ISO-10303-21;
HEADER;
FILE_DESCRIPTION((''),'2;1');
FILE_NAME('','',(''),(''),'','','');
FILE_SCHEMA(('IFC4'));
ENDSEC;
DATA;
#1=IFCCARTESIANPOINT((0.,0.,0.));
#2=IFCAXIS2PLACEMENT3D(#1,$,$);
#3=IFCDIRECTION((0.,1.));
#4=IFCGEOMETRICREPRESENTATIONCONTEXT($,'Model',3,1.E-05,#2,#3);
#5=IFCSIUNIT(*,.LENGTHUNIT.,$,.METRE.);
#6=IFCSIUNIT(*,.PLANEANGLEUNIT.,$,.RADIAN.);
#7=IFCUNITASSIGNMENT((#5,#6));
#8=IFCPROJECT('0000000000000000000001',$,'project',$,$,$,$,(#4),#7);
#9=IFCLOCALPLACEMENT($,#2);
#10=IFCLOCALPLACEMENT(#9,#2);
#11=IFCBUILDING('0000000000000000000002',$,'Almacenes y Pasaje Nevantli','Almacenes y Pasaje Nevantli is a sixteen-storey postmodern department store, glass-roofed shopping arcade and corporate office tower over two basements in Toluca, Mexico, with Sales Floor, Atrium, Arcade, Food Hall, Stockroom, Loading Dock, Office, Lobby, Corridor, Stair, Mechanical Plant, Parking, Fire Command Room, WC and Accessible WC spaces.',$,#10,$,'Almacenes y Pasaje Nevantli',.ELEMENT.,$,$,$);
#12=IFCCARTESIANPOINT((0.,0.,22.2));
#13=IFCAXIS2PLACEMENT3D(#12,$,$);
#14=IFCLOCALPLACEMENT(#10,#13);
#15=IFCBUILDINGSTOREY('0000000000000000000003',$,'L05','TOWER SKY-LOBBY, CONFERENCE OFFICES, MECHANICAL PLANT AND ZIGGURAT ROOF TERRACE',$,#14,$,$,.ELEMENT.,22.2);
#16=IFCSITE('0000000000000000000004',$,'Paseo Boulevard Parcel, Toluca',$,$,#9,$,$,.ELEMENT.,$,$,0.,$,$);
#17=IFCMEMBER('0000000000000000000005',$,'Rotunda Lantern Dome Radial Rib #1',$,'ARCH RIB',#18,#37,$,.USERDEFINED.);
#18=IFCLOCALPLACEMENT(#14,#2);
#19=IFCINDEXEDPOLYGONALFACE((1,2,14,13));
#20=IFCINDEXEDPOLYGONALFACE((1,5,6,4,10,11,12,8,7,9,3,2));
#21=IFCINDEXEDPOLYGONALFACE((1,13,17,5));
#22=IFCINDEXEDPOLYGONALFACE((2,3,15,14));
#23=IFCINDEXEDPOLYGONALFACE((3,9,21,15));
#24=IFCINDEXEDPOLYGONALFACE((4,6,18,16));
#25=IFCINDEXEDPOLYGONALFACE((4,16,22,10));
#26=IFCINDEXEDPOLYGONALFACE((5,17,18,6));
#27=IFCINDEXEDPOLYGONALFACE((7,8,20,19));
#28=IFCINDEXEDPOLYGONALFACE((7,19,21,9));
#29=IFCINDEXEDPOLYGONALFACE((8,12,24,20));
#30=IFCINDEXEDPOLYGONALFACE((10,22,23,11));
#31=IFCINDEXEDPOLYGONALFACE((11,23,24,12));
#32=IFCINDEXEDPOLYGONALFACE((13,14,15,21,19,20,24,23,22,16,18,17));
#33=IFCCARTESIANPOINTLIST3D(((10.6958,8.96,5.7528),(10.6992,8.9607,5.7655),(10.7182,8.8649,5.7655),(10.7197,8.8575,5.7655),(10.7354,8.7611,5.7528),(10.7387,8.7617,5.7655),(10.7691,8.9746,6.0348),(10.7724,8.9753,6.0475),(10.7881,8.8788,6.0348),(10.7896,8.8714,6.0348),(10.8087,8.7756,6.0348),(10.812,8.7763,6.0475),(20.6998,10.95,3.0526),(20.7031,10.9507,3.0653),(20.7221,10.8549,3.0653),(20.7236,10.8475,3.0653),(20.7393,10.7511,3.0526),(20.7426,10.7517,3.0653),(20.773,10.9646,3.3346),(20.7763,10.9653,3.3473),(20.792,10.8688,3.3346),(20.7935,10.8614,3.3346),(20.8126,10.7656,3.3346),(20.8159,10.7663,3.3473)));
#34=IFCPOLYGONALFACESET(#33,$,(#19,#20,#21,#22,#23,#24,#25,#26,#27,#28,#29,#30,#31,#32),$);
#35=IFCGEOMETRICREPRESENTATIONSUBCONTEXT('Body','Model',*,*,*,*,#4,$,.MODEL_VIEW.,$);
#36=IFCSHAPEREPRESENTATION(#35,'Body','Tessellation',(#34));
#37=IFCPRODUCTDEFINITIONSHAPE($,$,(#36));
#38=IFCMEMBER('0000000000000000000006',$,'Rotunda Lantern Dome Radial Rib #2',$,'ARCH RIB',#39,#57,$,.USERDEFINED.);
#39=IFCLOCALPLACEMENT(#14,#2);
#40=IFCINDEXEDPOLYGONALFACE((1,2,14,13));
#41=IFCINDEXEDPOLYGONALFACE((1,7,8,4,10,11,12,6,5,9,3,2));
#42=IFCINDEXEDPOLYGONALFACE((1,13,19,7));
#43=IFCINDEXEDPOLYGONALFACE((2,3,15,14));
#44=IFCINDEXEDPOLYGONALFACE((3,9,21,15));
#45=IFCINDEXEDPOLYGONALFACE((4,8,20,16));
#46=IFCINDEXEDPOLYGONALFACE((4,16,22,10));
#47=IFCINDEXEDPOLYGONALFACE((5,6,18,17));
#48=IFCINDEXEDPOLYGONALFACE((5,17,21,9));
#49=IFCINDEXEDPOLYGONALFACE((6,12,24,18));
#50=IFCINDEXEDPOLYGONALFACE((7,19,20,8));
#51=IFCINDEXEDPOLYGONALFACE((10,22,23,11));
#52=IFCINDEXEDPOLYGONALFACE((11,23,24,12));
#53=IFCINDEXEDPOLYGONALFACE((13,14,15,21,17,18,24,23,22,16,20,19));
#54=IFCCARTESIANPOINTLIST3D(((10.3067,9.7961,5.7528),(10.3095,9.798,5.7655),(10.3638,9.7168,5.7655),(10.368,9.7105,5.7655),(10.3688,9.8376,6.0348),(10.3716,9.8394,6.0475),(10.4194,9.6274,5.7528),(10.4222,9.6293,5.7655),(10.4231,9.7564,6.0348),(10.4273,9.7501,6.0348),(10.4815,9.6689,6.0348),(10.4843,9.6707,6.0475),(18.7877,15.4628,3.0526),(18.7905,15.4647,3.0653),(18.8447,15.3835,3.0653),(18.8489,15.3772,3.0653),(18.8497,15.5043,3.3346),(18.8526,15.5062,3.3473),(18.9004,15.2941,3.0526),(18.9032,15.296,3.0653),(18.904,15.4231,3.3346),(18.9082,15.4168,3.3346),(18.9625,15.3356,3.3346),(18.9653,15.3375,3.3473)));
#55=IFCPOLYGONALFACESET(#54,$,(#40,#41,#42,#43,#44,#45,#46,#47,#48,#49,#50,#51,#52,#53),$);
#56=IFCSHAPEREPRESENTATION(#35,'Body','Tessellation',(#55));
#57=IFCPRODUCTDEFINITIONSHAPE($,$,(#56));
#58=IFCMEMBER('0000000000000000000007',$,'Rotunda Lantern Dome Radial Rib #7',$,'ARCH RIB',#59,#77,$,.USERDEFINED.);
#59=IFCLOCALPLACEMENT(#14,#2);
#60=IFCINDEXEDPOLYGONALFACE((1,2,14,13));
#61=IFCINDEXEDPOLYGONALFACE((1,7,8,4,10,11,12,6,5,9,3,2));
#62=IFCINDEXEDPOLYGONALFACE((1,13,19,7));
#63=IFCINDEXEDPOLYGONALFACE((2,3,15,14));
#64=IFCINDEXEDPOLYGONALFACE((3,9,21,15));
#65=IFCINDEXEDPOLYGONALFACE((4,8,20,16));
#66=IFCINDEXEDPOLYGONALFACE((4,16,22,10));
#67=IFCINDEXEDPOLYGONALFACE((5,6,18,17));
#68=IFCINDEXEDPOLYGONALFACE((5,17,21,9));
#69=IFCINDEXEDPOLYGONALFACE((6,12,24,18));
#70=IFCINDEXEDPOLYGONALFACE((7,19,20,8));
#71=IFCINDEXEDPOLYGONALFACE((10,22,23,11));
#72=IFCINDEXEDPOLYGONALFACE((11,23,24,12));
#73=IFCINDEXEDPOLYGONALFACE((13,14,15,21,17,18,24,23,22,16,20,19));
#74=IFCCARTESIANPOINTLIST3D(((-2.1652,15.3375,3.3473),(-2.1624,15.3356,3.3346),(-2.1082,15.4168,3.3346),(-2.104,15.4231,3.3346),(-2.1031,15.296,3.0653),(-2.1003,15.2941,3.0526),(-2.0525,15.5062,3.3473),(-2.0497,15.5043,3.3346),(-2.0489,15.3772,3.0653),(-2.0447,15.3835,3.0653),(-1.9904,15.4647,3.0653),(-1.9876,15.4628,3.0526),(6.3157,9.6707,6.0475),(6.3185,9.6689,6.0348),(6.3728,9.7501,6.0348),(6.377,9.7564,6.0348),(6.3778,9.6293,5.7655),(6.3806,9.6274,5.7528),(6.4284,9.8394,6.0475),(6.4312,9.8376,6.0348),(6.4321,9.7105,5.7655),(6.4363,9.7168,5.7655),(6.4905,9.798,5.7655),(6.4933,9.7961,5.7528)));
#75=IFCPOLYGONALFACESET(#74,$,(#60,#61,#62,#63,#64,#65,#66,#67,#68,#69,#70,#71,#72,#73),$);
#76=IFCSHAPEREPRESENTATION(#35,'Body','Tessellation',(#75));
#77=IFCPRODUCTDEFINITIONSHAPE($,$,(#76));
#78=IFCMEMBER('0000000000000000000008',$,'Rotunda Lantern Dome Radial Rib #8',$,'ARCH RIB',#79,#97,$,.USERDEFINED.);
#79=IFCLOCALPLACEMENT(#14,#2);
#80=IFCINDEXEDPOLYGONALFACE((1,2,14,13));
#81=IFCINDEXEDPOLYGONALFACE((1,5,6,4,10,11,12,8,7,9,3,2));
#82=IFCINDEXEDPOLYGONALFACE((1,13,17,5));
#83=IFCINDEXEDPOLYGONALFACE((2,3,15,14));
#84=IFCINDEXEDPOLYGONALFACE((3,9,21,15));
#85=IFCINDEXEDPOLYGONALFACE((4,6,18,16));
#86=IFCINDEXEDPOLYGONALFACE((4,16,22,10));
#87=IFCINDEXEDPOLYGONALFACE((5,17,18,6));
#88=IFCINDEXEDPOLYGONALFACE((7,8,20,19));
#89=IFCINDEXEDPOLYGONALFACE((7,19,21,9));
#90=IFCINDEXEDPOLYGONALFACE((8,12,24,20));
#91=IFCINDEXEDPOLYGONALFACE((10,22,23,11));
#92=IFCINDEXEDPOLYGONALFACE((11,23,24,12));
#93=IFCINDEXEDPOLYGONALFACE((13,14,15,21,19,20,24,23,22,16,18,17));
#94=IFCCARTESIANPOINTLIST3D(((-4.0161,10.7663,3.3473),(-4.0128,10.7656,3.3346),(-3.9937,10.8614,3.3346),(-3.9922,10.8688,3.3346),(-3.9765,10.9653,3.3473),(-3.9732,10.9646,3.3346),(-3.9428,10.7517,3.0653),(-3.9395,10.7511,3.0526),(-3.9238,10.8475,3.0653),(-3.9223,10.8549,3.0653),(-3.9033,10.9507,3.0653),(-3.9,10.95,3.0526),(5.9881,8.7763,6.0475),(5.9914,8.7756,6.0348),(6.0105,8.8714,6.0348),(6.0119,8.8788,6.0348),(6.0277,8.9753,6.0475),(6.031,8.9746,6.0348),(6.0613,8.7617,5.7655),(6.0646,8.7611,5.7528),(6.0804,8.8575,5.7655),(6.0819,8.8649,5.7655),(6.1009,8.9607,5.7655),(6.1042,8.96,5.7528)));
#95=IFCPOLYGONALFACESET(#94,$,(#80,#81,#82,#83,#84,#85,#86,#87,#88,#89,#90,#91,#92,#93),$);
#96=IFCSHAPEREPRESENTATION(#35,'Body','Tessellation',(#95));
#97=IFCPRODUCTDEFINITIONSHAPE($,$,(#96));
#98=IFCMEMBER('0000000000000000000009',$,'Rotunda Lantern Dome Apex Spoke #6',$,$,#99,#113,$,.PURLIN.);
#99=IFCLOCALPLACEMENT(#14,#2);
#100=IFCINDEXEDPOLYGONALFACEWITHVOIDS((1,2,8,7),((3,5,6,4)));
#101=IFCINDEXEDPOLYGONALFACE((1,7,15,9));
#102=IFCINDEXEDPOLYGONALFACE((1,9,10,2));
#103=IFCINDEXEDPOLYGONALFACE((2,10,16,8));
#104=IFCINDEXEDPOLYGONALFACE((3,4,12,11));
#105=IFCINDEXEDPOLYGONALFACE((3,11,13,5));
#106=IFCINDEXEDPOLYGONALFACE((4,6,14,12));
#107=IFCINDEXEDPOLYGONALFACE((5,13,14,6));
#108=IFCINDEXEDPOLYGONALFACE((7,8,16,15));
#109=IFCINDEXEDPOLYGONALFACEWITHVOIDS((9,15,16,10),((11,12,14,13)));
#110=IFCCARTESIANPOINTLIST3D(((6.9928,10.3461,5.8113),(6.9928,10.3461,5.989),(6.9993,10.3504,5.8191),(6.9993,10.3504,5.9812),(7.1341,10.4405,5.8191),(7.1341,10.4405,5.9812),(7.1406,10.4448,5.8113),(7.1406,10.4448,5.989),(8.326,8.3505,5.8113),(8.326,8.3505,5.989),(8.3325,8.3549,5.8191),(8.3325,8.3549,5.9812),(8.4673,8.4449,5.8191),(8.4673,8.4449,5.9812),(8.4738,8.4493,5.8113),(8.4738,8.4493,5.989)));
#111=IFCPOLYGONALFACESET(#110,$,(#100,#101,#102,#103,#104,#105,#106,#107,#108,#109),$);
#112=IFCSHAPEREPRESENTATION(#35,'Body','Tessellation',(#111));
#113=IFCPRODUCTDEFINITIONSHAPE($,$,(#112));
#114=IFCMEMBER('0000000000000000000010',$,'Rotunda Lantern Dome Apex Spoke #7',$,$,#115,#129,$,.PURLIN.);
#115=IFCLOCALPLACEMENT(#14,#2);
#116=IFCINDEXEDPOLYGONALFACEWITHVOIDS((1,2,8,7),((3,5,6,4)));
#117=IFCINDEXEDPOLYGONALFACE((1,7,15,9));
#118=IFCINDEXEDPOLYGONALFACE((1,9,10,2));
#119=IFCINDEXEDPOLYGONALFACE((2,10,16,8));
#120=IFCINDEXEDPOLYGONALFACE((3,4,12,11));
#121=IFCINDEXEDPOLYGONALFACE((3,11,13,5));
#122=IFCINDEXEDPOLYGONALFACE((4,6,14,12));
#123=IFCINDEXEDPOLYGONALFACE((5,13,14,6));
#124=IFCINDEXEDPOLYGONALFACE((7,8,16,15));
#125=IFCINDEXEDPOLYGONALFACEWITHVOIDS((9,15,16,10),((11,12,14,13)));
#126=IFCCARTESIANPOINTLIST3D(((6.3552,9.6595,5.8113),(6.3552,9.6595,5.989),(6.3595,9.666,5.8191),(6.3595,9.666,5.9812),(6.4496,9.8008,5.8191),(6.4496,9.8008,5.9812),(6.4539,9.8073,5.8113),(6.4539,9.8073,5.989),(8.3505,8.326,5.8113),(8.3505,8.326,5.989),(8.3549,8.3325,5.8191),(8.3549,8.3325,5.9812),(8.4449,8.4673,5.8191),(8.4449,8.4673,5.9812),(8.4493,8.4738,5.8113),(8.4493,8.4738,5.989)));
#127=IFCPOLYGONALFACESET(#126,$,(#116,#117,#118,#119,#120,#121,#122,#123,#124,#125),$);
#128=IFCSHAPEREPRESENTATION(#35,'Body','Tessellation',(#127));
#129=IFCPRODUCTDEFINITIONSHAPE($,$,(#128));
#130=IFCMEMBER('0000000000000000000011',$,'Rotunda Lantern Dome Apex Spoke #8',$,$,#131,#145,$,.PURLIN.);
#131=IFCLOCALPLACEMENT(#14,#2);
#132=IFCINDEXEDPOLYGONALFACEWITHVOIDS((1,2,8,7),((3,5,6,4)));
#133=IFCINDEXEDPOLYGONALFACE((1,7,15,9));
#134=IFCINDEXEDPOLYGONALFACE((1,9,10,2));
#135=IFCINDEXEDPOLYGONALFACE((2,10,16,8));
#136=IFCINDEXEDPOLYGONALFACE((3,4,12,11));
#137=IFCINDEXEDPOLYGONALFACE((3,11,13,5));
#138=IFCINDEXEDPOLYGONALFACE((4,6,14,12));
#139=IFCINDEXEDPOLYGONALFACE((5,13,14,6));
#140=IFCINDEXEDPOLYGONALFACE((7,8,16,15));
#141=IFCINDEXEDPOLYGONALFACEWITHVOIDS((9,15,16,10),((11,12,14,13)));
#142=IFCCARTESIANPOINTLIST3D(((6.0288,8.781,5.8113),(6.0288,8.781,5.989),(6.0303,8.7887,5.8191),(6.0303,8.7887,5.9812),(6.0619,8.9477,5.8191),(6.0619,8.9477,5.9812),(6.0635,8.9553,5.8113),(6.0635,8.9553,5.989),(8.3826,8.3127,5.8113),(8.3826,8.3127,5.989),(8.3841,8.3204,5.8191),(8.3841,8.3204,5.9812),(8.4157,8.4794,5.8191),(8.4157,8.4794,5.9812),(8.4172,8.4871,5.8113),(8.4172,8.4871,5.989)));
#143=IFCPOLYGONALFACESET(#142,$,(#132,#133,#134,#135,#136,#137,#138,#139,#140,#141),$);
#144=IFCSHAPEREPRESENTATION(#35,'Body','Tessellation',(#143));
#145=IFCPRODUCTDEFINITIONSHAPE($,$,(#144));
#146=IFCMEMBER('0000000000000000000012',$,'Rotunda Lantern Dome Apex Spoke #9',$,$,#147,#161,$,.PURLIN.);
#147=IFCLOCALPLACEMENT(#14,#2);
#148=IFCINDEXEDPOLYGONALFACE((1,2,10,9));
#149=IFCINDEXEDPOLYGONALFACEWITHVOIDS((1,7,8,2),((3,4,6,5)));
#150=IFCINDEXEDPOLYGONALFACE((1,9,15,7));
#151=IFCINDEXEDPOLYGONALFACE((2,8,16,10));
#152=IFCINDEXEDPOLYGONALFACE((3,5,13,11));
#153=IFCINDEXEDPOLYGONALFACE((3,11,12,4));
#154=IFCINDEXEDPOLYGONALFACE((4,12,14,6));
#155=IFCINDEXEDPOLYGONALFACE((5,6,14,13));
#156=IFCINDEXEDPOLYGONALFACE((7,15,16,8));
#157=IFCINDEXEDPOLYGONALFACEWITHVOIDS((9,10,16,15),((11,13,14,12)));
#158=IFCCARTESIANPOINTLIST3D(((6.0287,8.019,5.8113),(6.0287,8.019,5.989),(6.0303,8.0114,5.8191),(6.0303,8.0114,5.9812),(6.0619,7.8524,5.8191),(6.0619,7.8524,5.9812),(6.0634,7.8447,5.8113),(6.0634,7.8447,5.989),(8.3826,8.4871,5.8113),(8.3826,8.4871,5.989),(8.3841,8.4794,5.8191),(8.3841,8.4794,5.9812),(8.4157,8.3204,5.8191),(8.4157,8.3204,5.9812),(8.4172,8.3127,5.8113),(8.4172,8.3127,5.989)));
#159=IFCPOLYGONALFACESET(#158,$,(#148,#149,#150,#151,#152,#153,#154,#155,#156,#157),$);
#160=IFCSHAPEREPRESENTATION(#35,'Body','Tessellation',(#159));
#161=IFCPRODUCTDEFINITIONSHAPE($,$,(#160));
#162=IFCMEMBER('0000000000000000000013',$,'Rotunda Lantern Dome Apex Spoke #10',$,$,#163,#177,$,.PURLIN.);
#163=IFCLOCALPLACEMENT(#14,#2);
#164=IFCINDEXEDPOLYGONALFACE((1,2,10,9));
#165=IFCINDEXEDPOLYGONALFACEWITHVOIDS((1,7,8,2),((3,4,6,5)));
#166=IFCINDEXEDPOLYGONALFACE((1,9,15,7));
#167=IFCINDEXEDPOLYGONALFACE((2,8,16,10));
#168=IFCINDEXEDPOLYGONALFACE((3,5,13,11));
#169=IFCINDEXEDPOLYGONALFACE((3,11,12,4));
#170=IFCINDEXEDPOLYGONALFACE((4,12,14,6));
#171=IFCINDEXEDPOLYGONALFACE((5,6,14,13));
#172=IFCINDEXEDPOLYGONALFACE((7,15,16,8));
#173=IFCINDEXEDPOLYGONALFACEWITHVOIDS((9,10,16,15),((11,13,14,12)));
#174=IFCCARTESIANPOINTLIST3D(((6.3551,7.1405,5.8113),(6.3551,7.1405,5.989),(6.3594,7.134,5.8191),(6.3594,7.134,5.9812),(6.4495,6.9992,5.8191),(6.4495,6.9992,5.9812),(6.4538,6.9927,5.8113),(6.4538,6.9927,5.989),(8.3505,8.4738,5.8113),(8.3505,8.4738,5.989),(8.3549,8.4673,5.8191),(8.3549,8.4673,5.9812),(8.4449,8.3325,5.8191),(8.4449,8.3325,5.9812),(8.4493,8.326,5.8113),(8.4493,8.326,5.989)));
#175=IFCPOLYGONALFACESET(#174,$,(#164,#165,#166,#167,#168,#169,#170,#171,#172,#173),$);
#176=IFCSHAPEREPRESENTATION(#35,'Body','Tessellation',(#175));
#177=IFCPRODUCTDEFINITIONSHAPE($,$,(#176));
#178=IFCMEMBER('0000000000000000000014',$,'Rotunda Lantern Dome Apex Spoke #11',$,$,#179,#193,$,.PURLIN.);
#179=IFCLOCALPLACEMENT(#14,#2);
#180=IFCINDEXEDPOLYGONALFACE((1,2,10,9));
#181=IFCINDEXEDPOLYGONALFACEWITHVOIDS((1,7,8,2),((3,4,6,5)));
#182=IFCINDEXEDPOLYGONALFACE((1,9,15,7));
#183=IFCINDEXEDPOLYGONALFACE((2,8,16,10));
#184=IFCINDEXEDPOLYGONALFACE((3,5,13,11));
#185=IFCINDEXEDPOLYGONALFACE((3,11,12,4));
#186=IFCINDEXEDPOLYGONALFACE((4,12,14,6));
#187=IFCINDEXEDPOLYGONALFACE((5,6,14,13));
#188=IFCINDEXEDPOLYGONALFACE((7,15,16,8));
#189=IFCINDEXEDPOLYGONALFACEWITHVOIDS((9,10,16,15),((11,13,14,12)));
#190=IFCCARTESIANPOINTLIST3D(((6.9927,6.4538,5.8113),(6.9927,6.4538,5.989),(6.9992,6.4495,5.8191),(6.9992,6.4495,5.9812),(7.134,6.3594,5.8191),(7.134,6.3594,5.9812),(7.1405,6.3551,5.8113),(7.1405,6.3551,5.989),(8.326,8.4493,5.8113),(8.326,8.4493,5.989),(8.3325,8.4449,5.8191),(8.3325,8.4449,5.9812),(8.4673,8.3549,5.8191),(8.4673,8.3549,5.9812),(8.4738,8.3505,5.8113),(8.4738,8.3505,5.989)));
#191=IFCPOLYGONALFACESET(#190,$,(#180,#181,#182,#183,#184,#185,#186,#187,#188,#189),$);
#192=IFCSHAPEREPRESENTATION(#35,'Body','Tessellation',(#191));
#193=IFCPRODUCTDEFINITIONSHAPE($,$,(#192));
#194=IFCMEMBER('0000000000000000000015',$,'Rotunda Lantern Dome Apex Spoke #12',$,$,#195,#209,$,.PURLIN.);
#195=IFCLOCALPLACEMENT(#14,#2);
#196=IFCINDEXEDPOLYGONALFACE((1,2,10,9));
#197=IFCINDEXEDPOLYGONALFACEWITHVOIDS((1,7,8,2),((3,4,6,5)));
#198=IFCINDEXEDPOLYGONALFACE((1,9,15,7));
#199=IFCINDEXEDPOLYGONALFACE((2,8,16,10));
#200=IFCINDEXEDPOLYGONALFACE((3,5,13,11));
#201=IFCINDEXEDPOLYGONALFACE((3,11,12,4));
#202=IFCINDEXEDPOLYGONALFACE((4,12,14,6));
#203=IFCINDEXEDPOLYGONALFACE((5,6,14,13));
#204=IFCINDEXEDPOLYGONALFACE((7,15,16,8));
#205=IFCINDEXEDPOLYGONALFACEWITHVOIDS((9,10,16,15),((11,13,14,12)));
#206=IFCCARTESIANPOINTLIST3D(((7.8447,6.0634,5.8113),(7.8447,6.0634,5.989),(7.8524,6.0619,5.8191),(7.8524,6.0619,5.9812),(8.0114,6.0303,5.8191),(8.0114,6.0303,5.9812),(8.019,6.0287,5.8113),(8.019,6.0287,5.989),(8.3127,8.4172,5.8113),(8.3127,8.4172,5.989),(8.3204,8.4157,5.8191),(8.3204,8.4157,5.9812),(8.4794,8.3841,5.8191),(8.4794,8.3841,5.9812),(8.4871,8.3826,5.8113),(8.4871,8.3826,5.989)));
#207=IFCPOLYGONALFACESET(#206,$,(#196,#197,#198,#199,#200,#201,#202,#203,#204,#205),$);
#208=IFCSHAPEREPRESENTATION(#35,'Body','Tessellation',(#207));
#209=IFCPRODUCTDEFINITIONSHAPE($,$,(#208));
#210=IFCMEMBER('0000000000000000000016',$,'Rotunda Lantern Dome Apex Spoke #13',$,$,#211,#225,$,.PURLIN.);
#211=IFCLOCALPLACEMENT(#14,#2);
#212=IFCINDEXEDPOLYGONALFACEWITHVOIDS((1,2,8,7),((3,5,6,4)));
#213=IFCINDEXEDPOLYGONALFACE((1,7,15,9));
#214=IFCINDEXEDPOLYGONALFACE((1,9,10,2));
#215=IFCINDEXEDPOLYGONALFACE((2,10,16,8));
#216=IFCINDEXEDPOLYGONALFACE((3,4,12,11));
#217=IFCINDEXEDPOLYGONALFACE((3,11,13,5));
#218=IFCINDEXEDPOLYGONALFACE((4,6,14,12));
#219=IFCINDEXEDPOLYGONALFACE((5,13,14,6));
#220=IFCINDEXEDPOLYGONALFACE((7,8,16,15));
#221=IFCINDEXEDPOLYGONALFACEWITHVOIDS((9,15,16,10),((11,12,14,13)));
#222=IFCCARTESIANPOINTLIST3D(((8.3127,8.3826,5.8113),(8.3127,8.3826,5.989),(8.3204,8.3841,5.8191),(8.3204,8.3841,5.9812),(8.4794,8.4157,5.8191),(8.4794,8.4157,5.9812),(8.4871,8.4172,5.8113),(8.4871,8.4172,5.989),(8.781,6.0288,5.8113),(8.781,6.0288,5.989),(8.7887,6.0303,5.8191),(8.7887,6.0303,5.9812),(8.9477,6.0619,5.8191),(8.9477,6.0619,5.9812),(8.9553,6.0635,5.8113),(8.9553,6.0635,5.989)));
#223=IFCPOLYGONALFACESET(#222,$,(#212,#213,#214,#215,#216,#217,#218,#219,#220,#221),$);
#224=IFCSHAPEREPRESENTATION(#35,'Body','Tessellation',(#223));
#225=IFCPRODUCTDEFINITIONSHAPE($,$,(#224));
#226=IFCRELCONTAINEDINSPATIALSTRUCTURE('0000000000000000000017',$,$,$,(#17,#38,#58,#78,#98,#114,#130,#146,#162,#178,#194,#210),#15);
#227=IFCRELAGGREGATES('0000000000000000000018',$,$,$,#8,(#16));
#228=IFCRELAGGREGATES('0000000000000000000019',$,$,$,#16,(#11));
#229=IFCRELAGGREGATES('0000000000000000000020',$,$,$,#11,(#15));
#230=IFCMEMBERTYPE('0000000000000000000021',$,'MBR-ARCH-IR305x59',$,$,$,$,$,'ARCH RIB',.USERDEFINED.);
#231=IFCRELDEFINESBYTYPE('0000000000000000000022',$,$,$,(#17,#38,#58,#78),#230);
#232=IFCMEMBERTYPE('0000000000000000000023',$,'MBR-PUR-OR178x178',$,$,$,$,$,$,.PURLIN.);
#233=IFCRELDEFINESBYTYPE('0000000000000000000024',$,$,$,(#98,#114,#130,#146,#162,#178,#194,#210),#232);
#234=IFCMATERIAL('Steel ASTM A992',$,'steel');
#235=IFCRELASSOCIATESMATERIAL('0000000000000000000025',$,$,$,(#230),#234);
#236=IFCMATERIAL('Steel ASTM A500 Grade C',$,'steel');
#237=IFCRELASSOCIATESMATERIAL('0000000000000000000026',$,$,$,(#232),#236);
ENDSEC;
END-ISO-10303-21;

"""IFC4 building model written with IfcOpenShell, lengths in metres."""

from ifc_helpers import new_model, si_unit, direction, frame, origin, origin_2d, place, context, subcontext, project, spatial, hollow_rectangle, i_section, extrude, material, material_profile, profile_set, type_object, element, save


model = new_model("IFC4")

# Units and contexts
model_context = context("Model", 3, precision=1e-05, world=origin(), true_north=direction((0.0, 1.0)))
body_context = subcontext(model_context, "Body", "Model", "MODEL_VIEW")
ifc_project = project(units=[si_unit("LENGTHUNIT", "METRE"), si_unit("PLANEANGLEUNIT", "RADIAN")], contexts=[model_context])

# Site, building, storey
site_placement = place(None, origin())
site = spatial("IfcSite", under=ifc_project, at=site_placement, Name="Paseo Boulevard Parcel, Toluca", CompositionType="ELEMENT", RefElevation=0.0)
building_placement = place(site_placement, origin())
building = spatial("IfcBuilding", under=site, at=building_placement, Name="Almacenes y Pasaje Nevantli", Description="Almacenes y Pasaje Nevantli is a sixteen-storey postmodern department store, glass-roofed shopping arcade and corporate office tower over two basements in Toluca, Mexico, with Sales Floor, Atrium, Arcade, Food Hall, Stockroom, Loading Dock, Office, Lobby, Corridor, Stair, Mechanical Plant, Parking, Fire Command Room, WC and Accessible WC spaces.", LongName="Almacenes y Pasaje Nevantli", CompositionType="ELEMENT")
storey_placement = place(building_placement, frame((0.0, 0.0, 22.2)))
storey = spatial("IfcBuildingStorey", under=building, at=storey_placement, Name="L05", Description="TOWER SKY-LOBBY, CONFERENCE OFFICES, MECHANICAL PLANT AND ZIGGURAT ROOF TERRACE", CompositionType="ELEMENT", Elevation=22.2)

# Members
ifc_material_1 = material(Name="Steel ASTM A992", Category="steel")
ifc_material_profile_1 = material_profile(ifc_material_1, i_section(OverallWidth=0.2029, OverallDepth=0.3049, WebThickness=0.0076, FlangeThickness=0.0132, at=origin_2d()), Name="IR 305x59.5")
ifc_profile_set_1 = profile_set([ifc_material_profile_1], Name="Steel ASTM A992")
member_type_1 = type_object("IfcMemberType", Name="MBR-ARCH-IR305x59", ElementType="ARCH RIB", PredefinedType="USERDEFINED", material=ifc_profile_set_1)
for number, where, z_axis, x_axis, name in (
    (1, (20.7578, 10.8582, 3.2), (-0.948124, -0.188602, 0.255912), (0.195099, -0.980784, 0.0), "Rotunda Lantern Dome Radial Rib #1"),
    (2, (18.8765, 15.4001, 3.2), (-0.803784, -0.537067, 0.255911), (0.555567, -0.831472, 0.0), "Rotunda Lantern Dome Radial Rib #2"),
    (3, (-2.0764, 15.4001, 3.2), (0.803784, -0.537067, 0.255911), (0.555567, 0.831472, 0.0), "Rotunda Lantern Dome Radial Rib #7"),
):
    element("IfcMember", number, at=place(storey_placement, frame(where, z_axis=z_axis, x_axis=x_axis)), inside=storey, type_object=member_type_1, Name=name, ObjectType="ARCH RIB", PredefinedType="USERDEFINED", context=body_context, shape_type="SweptSolid", body=[
        extrude(i_section(OverallWidth=0.2029, OverallDepth=0.3049, WebThickness=0.0076, FlangeThickness=0.0132, at=origin_2d()), origin(), (0.0, 0.0, 1.0), 10.5513),
    ])
member_1_placement = place(storey_placement, frame((-3.958, 10.8582, 3.2), z_axis=(0.948126, -0.188598, 0.255906), x_axis=(0.195094, 0.980785, 0.0)))
element("IfcMember", 4, at=member_1_placement, inside=storey, type_object=member_type_1, Name="Rotunda Lantern Dome Radial Rib #8", ObjectType="ARCH RIB", PredefinedType="USERDEFINED", context=body_context, shape_type="SweptSolid", body=[
    extrude(i_section(OverallWidth=0.2029, OverallDepth=0.3049, WebThickness=0.0076, FlangeThickness=0.0132, at=origin_2d()), origin(), (0.0, 0.0, 1.0), 10.5515),
])
ifc_material_2 = material(Name="Steel ASTM A500 Grade C", Category="steel")
ifc_material_profile_2 = material_profile(ifc_material_2, hollow_rectangle(XDim=0.1777, YDim=0.1777, WallThickness=0.0078, at=origin_2d()), Name="OR 178x178x7.9")
ifc_profile_set_2 = profile_set([ifc_material_profile_2], Name="Steel ASTM A500 Grade C")
member_type_2 = type_object("IfcMemberType", Name="MBR-PUR-OR178x178", PredefinedType="PURLIN", material=ifc_profile_set_2)
for number, where, z_axis, x_axis, name in (
    (5, (8.3999, 8.3999, 5.9001), (-0.555522, 0.831502, 0.0), (-0.831502, -0.555522, 0.0), "Rotunda Lantern Dome Apex Spoke #6"),
    (6, (8.3999, 8.3999, 5.9001), (-0.831424, 0.555639, 0.0), (-0.555639, -0.831424, 0.0), "Rotunda Lantern Dome Apex Spoke #7"),
    (7, (8.3999, 8.3999, 5.9001), (-0.98078, 0.195118, 0.0), (-0.195118, -0.98078, 0.0), "Rotunda Lantern Dome Apex Spoke #8"),
    (8, (8.3999, 8.3999, 5.9001), (-0.980799, -0.19502, 0.0), (0.19502, -0.980799, 0.0), "Rotunda Lantern Dome Apex Spoke #9"),
    (9, (8.3999, 8.3999, 5.9001), (-0.831471, -0.555569, 0.0), (0.555569, -0.831471, 0.0), "Rotunda Lantern Dome Apex Spoke #10"),
    (10, (8.3999, 8.3999, 5.9001), (-0.555569, -0.831471, 0.0), (0.831471, -0.555569, 0.0), "Rotunda Lantern Dome Apex Spoke #11"),
    (11, (8.3999, 8.3999, 5.9001), (-0.19502, -0.980799, 0.0), (0.980799, -0.19502, 0.0), "Rotunda Lantern Dome Apex Spoke #12"),
    (12, (8.3999, 8.3999, 5.9001), (0.195118, -0.98078, 0.0), (0.98078, 0.195118, 0.0), "Rotunda Lantern Dome Apex Spoke #13"),
):
    element("IfcMember", number, at=place(storey_placement, frame(where, z_axis=z_axis, x_axis=x_axis)), inside=storey, type_object=member_type_2, Name=name, PredefinedType="PURLIN", context=body_context, shape_type="SweptSolid", body=[
        extrude(hollow_rectangle(XDim=0.1777, YDim=0.1777, WallThickness=0.0078, at=origin_2d()), origin(), (0.0, 0.0, 1.0), 2.3999),
    ])

save(model, "model.ifc")
